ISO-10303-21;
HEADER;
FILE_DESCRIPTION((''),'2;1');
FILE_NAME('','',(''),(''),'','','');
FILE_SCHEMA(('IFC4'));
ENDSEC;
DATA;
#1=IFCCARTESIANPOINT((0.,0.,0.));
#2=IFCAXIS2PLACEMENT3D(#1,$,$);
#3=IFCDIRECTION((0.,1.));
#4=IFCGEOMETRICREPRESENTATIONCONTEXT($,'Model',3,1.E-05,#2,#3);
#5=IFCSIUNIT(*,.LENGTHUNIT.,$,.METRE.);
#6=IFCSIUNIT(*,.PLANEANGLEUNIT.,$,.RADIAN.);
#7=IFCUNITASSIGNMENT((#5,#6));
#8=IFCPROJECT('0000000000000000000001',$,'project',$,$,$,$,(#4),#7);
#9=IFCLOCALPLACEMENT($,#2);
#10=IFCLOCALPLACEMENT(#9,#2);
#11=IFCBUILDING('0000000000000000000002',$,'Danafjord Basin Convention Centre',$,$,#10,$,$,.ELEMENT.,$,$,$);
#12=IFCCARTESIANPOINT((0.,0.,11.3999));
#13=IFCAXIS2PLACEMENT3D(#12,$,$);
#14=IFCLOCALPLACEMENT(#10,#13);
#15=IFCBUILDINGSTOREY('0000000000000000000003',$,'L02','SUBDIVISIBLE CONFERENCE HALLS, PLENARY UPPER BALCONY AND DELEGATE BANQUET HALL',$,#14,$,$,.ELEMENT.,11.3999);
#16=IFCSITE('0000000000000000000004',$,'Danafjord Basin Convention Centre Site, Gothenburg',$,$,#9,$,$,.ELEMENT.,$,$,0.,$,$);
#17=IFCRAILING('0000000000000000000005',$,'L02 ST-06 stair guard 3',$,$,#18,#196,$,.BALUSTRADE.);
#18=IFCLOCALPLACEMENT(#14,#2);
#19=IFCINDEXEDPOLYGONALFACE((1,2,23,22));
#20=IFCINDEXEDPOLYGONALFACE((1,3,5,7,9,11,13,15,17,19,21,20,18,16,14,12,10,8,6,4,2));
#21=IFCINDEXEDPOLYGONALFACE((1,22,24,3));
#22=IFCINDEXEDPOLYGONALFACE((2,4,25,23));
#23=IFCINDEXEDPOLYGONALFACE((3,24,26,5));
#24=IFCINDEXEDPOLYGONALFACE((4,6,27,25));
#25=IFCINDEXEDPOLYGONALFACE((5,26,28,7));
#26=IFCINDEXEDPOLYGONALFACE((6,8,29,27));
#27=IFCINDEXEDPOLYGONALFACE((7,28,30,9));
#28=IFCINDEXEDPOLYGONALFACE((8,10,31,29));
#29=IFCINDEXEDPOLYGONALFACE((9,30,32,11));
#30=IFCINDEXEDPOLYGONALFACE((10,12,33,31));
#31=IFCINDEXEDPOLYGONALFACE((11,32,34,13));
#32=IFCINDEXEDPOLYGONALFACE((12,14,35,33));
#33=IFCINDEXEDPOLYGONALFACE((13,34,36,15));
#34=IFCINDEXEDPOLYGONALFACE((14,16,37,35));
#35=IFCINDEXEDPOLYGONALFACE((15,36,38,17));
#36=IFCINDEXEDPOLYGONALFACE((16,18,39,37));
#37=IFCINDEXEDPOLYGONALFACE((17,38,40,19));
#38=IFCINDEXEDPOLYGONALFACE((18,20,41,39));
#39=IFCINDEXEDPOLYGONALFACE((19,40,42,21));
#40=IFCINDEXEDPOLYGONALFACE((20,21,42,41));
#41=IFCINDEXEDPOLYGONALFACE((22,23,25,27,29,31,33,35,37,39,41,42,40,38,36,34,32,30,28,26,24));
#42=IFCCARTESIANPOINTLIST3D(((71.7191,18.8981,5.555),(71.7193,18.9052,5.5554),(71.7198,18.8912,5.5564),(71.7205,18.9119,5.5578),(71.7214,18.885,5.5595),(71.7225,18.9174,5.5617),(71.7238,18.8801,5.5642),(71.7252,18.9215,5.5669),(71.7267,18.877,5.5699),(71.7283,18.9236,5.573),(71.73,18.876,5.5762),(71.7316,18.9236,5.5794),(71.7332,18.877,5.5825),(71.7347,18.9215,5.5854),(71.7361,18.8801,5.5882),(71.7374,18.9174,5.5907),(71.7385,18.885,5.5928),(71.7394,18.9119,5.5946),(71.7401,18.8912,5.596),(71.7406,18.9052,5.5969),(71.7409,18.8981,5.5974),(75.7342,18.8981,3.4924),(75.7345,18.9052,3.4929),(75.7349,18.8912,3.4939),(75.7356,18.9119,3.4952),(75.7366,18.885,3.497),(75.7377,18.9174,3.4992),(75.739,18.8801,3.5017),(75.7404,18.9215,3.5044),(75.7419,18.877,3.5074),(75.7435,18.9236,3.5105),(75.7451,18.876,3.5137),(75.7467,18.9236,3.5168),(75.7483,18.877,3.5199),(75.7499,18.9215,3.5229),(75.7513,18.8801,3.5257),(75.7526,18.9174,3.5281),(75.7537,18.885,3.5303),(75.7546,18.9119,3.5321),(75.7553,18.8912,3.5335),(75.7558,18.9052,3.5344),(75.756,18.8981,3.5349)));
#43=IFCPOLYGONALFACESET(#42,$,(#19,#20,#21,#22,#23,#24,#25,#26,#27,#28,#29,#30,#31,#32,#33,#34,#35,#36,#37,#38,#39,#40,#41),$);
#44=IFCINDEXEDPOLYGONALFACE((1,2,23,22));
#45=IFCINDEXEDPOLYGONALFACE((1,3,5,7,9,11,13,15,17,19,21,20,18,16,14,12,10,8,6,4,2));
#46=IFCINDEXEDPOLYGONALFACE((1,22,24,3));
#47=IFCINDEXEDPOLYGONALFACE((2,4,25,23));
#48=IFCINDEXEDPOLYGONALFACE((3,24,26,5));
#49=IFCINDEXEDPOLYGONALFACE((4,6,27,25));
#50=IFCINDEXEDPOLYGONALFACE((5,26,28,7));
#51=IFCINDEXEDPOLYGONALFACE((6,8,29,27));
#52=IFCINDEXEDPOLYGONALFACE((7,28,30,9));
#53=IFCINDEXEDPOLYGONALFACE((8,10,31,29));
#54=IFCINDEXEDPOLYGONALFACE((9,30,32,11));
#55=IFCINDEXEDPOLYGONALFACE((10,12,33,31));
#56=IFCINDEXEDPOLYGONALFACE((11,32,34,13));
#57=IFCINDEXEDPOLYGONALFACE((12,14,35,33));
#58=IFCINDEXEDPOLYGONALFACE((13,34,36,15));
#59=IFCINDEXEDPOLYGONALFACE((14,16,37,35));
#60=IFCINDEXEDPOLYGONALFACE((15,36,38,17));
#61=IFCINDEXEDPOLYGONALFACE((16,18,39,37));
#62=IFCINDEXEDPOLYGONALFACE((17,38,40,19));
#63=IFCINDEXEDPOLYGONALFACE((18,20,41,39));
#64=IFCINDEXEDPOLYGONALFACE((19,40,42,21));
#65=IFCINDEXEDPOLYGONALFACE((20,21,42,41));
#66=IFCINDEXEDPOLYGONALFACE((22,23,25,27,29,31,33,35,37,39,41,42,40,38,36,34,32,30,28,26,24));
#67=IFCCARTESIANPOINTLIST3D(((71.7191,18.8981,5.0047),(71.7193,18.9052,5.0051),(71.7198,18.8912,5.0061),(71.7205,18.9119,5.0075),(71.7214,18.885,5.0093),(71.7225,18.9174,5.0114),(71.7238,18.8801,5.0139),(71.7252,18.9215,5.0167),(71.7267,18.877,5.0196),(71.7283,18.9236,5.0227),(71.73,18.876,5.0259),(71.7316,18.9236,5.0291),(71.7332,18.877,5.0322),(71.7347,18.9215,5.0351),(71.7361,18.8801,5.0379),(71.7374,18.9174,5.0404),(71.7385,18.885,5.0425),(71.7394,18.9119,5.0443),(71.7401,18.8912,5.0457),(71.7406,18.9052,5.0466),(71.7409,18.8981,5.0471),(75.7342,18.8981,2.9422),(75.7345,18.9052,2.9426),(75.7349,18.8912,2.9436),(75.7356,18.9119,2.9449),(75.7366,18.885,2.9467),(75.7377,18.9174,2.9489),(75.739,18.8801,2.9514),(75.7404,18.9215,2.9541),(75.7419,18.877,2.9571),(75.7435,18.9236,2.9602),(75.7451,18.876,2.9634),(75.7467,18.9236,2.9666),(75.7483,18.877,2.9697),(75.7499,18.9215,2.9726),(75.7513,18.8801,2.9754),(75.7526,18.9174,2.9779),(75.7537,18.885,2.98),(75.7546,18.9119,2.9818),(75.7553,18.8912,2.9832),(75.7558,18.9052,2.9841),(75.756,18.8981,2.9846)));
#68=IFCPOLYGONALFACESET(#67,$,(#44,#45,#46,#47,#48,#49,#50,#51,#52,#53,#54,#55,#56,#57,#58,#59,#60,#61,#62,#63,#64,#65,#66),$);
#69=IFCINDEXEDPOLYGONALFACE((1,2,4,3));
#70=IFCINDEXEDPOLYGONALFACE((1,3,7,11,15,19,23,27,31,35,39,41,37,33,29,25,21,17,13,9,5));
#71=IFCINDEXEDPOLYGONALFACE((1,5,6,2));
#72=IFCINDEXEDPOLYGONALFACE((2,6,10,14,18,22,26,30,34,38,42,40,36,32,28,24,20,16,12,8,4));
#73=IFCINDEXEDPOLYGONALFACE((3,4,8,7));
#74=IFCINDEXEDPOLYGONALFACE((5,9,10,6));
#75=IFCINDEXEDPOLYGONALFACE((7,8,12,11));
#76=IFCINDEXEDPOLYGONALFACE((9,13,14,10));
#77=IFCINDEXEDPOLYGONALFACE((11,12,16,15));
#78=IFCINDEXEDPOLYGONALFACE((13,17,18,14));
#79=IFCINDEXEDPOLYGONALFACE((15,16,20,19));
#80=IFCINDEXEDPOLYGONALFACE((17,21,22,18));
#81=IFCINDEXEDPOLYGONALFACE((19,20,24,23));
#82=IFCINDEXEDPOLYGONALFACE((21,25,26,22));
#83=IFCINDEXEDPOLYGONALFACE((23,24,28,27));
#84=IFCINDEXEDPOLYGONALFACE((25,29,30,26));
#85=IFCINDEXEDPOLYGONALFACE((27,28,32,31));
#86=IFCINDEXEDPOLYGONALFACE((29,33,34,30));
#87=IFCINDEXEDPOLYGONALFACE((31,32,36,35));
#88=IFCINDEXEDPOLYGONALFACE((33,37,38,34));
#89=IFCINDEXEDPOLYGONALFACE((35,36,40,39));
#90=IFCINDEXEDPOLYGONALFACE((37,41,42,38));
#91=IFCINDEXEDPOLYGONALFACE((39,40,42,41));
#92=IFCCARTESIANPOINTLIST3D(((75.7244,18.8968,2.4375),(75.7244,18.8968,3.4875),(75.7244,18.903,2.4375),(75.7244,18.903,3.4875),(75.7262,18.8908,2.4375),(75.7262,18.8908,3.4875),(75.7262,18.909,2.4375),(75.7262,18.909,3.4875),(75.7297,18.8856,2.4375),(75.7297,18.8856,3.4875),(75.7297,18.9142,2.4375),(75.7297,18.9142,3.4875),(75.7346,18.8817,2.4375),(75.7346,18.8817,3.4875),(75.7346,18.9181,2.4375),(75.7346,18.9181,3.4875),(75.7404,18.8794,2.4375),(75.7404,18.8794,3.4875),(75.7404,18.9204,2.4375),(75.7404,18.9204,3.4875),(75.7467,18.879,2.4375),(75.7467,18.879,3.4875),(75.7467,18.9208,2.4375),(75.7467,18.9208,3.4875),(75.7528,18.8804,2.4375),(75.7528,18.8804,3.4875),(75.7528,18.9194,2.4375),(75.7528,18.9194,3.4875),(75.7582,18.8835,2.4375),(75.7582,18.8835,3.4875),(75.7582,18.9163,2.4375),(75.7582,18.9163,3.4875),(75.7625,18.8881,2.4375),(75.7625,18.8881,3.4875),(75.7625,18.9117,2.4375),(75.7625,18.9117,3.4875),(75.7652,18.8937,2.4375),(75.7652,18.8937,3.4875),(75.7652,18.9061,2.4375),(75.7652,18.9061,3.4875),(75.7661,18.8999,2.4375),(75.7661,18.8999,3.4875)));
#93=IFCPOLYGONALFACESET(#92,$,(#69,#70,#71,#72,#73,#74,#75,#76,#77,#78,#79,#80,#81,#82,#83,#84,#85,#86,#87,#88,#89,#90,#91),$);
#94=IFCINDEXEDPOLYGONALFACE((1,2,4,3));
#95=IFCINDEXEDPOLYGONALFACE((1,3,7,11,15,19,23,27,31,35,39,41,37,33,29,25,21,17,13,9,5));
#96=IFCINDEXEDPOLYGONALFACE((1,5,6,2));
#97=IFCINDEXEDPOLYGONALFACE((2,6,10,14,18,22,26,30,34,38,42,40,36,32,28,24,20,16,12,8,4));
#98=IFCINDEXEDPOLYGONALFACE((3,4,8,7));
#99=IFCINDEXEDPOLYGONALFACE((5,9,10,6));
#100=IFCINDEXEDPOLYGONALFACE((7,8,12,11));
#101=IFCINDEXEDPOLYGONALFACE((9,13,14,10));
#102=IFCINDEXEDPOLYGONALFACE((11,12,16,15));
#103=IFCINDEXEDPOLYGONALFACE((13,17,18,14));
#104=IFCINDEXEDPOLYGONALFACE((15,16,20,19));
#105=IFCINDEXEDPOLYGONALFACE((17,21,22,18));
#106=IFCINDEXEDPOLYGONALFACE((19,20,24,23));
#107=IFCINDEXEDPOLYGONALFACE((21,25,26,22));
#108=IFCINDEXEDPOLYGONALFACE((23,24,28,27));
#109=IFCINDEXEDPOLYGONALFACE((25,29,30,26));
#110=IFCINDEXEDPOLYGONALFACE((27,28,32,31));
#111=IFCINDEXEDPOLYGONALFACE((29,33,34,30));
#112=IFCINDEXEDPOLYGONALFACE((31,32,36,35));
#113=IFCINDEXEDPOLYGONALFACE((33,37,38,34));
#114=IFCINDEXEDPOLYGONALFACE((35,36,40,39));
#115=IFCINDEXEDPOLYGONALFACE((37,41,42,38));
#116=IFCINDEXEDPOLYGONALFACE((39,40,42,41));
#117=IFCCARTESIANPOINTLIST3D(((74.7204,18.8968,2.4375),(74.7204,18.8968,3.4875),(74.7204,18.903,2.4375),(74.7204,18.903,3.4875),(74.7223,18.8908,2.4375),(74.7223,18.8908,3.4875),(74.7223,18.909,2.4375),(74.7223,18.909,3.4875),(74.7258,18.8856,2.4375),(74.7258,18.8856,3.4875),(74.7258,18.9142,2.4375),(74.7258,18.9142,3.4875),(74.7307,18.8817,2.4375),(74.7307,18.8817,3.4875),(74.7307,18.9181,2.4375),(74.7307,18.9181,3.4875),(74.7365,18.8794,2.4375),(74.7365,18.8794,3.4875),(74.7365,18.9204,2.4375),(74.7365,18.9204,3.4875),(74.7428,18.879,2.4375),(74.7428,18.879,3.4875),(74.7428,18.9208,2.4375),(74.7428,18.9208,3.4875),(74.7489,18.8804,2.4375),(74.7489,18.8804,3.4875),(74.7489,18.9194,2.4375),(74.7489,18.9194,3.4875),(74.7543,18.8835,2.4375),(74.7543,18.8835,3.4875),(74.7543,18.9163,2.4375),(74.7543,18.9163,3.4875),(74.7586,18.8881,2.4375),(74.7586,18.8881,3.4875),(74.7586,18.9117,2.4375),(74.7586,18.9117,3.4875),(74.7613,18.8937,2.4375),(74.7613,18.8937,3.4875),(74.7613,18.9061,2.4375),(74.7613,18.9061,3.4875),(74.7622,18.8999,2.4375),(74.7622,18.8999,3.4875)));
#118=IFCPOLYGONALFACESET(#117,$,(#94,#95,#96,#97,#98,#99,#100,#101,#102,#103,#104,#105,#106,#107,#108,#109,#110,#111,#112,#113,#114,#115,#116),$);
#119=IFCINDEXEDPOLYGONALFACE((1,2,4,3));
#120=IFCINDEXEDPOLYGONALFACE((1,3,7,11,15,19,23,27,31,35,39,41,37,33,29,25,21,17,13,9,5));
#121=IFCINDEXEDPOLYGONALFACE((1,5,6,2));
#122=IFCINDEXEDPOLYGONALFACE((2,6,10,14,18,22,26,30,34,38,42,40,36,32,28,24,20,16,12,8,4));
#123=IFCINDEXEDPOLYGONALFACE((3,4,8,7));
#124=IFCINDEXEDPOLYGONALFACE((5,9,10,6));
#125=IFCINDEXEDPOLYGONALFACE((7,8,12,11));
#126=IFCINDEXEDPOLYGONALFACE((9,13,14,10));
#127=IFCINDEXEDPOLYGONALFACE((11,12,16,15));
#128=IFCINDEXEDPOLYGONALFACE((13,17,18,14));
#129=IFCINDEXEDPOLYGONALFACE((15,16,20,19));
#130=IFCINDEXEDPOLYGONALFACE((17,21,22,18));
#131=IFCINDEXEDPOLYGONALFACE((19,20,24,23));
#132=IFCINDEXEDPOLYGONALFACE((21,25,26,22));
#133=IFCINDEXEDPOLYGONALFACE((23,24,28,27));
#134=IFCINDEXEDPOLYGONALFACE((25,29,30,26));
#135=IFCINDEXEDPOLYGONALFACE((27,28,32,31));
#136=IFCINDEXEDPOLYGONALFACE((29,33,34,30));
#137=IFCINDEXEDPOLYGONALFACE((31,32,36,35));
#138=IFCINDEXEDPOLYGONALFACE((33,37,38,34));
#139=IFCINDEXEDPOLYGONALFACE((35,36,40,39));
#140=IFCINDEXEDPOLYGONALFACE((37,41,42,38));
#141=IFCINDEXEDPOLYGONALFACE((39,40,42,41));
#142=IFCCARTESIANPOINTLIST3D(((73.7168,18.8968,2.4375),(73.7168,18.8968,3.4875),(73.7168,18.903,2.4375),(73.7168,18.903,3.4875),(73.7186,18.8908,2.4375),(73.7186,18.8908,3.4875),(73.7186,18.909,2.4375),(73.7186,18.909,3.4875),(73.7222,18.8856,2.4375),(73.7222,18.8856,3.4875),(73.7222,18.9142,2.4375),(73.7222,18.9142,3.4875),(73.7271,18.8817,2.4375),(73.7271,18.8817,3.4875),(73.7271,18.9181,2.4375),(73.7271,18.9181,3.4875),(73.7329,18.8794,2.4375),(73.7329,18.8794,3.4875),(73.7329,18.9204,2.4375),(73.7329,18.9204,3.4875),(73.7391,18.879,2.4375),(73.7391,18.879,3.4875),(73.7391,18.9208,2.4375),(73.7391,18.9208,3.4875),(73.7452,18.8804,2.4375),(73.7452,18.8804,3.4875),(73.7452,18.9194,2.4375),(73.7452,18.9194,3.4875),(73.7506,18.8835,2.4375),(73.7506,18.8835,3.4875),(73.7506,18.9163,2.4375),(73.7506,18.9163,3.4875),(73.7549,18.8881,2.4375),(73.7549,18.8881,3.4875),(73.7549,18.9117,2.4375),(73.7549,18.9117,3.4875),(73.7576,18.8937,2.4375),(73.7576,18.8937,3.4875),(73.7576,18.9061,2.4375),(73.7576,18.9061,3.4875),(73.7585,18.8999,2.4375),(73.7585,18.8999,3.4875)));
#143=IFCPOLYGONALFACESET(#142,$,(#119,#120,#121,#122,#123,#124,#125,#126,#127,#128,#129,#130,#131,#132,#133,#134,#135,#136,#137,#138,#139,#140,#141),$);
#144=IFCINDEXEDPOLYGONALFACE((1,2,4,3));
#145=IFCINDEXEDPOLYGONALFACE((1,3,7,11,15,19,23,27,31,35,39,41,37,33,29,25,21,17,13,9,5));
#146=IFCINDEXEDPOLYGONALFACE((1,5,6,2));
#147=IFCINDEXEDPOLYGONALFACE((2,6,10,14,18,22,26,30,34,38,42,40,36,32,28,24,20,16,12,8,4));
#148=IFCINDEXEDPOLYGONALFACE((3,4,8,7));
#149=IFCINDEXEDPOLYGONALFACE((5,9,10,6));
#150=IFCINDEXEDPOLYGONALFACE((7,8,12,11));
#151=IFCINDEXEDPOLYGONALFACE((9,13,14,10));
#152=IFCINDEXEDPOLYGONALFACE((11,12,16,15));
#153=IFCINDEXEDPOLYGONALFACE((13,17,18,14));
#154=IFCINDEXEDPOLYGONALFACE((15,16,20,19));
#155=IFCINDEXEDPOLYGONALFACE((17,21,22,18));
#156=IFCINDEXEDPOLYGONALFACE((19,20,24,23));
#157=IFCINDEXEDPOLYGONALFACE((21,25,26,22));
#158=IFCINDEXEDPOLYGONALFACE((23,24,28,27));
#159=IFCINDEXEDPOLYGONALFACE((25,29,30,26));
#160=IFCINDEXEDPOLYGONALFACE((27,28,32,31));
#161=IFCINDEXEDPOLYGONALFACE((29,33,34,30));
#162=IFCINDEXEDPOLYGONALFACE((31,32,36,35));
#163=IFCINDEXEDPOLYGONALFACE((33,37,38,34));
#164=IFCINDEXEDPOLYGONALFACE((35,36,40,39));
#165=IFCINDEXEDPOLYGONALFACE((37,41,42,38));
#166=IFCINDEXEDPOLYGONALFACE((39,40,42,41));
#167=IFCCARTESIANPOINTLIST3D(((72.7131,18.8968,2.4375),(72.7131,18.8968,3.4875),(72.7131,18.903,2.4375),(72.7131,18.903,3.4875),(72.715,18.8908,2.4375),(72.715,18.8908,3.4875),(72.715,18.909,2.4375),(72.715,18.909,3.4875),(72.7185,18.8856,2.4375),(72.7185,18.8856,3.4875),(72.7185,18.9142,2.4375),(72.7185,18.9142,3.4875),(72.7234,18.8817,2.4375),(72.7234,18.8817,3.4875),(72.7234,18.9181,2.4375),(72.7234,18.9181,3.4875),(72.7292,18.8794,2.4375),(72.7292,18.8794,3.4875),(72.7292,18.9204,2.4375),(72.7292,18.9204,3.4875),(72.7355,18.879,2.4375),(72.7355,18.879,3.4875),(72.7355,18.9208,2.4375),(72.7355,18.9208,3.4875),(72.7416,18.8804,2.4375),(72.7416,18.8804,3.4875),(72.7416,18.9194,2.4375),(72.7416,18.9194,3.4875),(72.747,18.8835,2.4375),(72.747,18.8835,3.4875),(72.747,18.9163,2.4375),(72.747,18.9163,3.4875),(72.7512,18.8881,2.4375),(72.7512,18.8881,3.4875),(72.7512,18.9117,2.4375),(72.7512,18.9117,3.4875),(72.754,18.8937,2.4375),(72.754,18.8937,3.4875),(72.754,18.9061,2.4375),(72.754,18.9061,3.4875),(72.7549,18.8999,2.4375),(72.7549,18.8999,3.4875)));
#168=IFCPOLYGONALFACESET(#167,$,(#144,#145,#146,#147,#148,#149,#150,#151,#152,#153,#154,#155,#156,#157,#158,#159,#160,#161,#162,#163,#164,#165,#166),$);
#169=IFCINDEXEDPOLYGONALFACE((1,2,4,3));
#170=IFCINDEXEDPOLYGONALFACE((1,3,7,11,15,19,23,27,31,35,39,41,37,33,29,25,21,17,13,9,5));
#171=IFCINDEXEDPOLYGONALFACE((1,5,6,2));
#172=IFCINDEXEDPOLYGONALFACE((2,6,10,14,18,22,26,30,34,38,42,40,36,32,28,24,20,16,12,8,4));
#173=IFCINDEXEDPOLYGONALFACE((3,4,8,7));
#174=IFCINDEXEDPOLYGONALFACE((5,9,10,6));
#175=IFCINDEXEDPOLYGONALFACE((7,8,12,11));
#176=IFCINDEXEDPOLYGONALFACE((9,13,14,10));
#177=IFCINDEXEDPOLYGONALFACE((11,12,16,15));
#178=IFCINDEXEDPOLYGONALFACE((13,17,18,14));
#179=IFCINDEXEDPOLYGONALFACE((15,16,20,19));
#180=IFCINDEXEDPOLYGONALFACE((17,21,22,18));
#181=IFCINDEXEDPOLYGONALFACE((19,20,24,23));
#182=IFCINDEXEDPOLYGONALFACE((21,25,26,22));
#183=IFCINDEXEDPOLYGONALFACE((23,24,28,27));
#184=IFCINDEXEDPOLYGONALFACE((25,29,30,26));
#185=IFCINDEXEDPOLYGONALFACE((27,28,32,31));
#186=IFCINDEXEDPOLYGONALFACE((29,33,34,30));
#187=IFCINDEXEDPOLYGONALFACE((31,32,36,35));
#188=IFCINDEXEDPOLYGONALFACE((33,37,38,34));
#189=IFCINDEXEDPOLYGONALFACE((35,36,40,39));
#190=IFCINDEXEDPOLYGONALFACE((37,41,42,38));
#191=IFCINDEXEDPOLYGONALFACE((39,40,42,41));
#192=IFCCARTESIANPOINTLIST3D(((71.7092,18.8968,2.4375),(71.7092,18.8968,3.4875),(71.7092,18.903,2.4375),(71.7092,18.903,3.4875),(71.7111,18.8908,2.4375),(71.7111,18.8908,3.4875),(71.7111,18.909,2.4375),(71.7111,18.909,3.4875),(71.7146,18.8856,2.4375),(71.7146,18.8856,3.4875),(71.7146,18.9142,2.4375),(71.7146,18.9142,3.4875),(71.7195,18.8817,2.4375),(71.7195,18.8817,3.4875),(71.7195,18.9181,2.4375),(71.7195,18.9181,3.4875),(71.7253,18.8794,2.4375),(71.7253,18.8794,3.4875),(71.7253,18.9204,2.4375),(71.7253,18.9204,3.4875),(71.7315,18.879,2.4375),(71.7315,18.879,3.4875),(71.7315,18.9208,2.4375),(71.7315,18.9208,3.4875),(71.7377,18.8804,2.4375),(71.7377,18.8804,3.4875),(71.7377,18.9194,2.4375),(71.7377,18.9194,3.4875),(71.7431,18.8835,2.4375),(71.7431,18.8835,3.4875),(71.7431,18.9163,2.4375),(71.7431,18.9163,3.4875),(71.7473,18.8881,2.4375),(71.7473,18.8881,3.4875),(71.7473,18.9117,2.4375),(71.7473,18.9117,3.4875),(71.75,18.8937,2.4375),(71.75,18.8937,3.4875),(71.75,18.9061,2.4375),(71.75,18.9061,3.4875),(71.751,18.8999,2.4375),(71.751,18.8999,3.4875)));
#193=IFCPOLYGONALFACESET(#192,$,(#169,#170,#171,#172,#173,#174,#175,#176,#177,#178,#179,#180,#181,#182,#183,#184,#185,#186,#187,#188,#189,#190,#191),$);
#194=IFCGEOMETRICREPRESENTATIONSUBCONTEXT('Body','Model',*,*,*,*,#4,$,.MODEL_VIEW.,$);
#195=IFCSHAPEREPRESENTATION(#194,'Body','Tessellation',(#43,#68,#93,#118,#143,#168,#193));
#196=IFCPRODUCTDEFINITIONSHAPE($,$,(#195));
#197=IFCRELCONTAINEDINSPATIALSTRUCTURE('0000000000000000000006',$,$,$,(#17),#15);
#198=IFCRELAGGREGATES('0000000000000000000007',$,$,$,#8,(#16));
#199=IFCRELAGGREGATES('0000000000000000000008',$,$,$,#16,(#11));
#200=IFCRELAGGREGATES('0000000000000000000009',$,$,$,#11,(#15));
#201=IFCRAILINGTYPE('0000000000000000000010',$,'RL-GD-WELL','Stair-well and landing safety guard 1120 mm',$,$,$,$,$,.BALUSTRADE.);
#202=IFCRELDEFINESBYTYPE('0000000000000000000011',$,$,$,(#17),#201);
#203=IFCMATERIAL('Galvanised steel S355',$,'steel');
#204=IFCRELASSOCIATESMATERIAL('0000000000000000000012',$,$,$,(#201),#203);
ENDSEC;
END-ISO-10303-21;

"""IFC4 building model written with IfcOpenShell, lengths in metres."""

from ifc_helpers import new_model, si_unit, direction, frame, origin, origin_2d, place, context, subcontext, project, spatial, circle, extrude, material, type_object, element, save


model = new_model("IFC4")

# Units and contexts
model_context = context("Model", 3, precision=1e-05, world=origin(), true_north=direction((0.0, 1.0)))
body_context = subcontext(model_context, "Body", "Model", "MODEL_VIEW")
ifc_project = project(units=[si_unit("LENGTHUNIT", "METRE"), si_unit("PLANEANGLEUNIT", "RADIAN")], contexts=[model_context])

# Site, building, storey
site_placement = place(None, origin())
site = spatial("IfcSite", under=ifc_project, at=site_placement, Name="Danafjord Basin Convention Centre Site, Gothenburg", CompositionType="ELEMENT", RefElevation=0.0)
building_placement = place(site_placement, origin())
building = spatial("IfcBuilding", under=site, at=building_placement, Name="Danafjord Basin Convention Centre", CompositionType="ELEMENT")
storey_placement = place(building_placement, frame((0.0, 0.0, 11.3999)))
storey = spatial("IfcBuildingStorey", under=building, at=storey_placement, Name="L02", Description="SUBDIVISIBLE CONFERENCE HALLS, PLENARY UPPER BALCONY AND DELEGATE BANQUET HALL", CompositionType="ELEMENT", Elevation=11.3999)

# Railing
ifc_material_1 = material(Name="Galvanised steel S355", Category="steel")
railing_type_1 = type_object("IfcRailingType", Name="RL-GD-WELL", Description="Stair-well and landing safety guard 1120 mm", PredefinedType="BALUSTRADE", material=ifc_material_1)
railing_1_placement = place(storey_placement, frame((75.7451, 18.8999, 2.4375)))
element("IfcRailing", 1, at=railing_1_placement, inside=storey, type_object=railing_type_1, Name="L02 ST-06 stair guard 3", PredefinedType="BALUSTRADE", context=body_context, shape_type="SweptSolid", body=[
    extrude(circle(Radius=0.0239, at=origin_2d()), frame((0.0, 0.0, 1.0762), z_axis=(-0.889506, 0.0, 0.456923), x_axis=(0.0, -1.0, 0.0)), (0.0, 0.0, 1.0), 4.5139),
    extrude(circle(Radius=0.0239, at=origin_2d()), frame((0.0, 0.0, 0.5259), z_axis=(-0.889506, 0.0, 0.456923), x_axis=(0.0, -1.0, 0.0)), (0.0, 0.0, 1.0), 4.5139),
    extrude(circle(Radius=0.021, at=origin_2d()), origin(), (0.0, 0.0, 1.0), 1.05),
    extrude(circle(Radius=0.021, at=origin_2d()), frame((-1.0039, 0.0, 0.0)), (0.0, 0.0, 1.0), 1.05),
    extrude(circle(Radius=0.021, at=origin_2d()), frame((-2.0076, 0.0, 0.0)), (0.0, 0.0, 1.0), 1.05),
    extrude(circle(Radius=0.021, at=origin_2d()), frame((-3.0112, 0.0, 0.0)), (0.0, 0.0, 1.0), 1.05),
    extrude(circle(Radius=0.021, at=origin_2d()), frame((-4.0151, 0.0, 0.0)), (0.0, 0.0, 1.0), 1.05),
])

save(model, "model.ifc")
